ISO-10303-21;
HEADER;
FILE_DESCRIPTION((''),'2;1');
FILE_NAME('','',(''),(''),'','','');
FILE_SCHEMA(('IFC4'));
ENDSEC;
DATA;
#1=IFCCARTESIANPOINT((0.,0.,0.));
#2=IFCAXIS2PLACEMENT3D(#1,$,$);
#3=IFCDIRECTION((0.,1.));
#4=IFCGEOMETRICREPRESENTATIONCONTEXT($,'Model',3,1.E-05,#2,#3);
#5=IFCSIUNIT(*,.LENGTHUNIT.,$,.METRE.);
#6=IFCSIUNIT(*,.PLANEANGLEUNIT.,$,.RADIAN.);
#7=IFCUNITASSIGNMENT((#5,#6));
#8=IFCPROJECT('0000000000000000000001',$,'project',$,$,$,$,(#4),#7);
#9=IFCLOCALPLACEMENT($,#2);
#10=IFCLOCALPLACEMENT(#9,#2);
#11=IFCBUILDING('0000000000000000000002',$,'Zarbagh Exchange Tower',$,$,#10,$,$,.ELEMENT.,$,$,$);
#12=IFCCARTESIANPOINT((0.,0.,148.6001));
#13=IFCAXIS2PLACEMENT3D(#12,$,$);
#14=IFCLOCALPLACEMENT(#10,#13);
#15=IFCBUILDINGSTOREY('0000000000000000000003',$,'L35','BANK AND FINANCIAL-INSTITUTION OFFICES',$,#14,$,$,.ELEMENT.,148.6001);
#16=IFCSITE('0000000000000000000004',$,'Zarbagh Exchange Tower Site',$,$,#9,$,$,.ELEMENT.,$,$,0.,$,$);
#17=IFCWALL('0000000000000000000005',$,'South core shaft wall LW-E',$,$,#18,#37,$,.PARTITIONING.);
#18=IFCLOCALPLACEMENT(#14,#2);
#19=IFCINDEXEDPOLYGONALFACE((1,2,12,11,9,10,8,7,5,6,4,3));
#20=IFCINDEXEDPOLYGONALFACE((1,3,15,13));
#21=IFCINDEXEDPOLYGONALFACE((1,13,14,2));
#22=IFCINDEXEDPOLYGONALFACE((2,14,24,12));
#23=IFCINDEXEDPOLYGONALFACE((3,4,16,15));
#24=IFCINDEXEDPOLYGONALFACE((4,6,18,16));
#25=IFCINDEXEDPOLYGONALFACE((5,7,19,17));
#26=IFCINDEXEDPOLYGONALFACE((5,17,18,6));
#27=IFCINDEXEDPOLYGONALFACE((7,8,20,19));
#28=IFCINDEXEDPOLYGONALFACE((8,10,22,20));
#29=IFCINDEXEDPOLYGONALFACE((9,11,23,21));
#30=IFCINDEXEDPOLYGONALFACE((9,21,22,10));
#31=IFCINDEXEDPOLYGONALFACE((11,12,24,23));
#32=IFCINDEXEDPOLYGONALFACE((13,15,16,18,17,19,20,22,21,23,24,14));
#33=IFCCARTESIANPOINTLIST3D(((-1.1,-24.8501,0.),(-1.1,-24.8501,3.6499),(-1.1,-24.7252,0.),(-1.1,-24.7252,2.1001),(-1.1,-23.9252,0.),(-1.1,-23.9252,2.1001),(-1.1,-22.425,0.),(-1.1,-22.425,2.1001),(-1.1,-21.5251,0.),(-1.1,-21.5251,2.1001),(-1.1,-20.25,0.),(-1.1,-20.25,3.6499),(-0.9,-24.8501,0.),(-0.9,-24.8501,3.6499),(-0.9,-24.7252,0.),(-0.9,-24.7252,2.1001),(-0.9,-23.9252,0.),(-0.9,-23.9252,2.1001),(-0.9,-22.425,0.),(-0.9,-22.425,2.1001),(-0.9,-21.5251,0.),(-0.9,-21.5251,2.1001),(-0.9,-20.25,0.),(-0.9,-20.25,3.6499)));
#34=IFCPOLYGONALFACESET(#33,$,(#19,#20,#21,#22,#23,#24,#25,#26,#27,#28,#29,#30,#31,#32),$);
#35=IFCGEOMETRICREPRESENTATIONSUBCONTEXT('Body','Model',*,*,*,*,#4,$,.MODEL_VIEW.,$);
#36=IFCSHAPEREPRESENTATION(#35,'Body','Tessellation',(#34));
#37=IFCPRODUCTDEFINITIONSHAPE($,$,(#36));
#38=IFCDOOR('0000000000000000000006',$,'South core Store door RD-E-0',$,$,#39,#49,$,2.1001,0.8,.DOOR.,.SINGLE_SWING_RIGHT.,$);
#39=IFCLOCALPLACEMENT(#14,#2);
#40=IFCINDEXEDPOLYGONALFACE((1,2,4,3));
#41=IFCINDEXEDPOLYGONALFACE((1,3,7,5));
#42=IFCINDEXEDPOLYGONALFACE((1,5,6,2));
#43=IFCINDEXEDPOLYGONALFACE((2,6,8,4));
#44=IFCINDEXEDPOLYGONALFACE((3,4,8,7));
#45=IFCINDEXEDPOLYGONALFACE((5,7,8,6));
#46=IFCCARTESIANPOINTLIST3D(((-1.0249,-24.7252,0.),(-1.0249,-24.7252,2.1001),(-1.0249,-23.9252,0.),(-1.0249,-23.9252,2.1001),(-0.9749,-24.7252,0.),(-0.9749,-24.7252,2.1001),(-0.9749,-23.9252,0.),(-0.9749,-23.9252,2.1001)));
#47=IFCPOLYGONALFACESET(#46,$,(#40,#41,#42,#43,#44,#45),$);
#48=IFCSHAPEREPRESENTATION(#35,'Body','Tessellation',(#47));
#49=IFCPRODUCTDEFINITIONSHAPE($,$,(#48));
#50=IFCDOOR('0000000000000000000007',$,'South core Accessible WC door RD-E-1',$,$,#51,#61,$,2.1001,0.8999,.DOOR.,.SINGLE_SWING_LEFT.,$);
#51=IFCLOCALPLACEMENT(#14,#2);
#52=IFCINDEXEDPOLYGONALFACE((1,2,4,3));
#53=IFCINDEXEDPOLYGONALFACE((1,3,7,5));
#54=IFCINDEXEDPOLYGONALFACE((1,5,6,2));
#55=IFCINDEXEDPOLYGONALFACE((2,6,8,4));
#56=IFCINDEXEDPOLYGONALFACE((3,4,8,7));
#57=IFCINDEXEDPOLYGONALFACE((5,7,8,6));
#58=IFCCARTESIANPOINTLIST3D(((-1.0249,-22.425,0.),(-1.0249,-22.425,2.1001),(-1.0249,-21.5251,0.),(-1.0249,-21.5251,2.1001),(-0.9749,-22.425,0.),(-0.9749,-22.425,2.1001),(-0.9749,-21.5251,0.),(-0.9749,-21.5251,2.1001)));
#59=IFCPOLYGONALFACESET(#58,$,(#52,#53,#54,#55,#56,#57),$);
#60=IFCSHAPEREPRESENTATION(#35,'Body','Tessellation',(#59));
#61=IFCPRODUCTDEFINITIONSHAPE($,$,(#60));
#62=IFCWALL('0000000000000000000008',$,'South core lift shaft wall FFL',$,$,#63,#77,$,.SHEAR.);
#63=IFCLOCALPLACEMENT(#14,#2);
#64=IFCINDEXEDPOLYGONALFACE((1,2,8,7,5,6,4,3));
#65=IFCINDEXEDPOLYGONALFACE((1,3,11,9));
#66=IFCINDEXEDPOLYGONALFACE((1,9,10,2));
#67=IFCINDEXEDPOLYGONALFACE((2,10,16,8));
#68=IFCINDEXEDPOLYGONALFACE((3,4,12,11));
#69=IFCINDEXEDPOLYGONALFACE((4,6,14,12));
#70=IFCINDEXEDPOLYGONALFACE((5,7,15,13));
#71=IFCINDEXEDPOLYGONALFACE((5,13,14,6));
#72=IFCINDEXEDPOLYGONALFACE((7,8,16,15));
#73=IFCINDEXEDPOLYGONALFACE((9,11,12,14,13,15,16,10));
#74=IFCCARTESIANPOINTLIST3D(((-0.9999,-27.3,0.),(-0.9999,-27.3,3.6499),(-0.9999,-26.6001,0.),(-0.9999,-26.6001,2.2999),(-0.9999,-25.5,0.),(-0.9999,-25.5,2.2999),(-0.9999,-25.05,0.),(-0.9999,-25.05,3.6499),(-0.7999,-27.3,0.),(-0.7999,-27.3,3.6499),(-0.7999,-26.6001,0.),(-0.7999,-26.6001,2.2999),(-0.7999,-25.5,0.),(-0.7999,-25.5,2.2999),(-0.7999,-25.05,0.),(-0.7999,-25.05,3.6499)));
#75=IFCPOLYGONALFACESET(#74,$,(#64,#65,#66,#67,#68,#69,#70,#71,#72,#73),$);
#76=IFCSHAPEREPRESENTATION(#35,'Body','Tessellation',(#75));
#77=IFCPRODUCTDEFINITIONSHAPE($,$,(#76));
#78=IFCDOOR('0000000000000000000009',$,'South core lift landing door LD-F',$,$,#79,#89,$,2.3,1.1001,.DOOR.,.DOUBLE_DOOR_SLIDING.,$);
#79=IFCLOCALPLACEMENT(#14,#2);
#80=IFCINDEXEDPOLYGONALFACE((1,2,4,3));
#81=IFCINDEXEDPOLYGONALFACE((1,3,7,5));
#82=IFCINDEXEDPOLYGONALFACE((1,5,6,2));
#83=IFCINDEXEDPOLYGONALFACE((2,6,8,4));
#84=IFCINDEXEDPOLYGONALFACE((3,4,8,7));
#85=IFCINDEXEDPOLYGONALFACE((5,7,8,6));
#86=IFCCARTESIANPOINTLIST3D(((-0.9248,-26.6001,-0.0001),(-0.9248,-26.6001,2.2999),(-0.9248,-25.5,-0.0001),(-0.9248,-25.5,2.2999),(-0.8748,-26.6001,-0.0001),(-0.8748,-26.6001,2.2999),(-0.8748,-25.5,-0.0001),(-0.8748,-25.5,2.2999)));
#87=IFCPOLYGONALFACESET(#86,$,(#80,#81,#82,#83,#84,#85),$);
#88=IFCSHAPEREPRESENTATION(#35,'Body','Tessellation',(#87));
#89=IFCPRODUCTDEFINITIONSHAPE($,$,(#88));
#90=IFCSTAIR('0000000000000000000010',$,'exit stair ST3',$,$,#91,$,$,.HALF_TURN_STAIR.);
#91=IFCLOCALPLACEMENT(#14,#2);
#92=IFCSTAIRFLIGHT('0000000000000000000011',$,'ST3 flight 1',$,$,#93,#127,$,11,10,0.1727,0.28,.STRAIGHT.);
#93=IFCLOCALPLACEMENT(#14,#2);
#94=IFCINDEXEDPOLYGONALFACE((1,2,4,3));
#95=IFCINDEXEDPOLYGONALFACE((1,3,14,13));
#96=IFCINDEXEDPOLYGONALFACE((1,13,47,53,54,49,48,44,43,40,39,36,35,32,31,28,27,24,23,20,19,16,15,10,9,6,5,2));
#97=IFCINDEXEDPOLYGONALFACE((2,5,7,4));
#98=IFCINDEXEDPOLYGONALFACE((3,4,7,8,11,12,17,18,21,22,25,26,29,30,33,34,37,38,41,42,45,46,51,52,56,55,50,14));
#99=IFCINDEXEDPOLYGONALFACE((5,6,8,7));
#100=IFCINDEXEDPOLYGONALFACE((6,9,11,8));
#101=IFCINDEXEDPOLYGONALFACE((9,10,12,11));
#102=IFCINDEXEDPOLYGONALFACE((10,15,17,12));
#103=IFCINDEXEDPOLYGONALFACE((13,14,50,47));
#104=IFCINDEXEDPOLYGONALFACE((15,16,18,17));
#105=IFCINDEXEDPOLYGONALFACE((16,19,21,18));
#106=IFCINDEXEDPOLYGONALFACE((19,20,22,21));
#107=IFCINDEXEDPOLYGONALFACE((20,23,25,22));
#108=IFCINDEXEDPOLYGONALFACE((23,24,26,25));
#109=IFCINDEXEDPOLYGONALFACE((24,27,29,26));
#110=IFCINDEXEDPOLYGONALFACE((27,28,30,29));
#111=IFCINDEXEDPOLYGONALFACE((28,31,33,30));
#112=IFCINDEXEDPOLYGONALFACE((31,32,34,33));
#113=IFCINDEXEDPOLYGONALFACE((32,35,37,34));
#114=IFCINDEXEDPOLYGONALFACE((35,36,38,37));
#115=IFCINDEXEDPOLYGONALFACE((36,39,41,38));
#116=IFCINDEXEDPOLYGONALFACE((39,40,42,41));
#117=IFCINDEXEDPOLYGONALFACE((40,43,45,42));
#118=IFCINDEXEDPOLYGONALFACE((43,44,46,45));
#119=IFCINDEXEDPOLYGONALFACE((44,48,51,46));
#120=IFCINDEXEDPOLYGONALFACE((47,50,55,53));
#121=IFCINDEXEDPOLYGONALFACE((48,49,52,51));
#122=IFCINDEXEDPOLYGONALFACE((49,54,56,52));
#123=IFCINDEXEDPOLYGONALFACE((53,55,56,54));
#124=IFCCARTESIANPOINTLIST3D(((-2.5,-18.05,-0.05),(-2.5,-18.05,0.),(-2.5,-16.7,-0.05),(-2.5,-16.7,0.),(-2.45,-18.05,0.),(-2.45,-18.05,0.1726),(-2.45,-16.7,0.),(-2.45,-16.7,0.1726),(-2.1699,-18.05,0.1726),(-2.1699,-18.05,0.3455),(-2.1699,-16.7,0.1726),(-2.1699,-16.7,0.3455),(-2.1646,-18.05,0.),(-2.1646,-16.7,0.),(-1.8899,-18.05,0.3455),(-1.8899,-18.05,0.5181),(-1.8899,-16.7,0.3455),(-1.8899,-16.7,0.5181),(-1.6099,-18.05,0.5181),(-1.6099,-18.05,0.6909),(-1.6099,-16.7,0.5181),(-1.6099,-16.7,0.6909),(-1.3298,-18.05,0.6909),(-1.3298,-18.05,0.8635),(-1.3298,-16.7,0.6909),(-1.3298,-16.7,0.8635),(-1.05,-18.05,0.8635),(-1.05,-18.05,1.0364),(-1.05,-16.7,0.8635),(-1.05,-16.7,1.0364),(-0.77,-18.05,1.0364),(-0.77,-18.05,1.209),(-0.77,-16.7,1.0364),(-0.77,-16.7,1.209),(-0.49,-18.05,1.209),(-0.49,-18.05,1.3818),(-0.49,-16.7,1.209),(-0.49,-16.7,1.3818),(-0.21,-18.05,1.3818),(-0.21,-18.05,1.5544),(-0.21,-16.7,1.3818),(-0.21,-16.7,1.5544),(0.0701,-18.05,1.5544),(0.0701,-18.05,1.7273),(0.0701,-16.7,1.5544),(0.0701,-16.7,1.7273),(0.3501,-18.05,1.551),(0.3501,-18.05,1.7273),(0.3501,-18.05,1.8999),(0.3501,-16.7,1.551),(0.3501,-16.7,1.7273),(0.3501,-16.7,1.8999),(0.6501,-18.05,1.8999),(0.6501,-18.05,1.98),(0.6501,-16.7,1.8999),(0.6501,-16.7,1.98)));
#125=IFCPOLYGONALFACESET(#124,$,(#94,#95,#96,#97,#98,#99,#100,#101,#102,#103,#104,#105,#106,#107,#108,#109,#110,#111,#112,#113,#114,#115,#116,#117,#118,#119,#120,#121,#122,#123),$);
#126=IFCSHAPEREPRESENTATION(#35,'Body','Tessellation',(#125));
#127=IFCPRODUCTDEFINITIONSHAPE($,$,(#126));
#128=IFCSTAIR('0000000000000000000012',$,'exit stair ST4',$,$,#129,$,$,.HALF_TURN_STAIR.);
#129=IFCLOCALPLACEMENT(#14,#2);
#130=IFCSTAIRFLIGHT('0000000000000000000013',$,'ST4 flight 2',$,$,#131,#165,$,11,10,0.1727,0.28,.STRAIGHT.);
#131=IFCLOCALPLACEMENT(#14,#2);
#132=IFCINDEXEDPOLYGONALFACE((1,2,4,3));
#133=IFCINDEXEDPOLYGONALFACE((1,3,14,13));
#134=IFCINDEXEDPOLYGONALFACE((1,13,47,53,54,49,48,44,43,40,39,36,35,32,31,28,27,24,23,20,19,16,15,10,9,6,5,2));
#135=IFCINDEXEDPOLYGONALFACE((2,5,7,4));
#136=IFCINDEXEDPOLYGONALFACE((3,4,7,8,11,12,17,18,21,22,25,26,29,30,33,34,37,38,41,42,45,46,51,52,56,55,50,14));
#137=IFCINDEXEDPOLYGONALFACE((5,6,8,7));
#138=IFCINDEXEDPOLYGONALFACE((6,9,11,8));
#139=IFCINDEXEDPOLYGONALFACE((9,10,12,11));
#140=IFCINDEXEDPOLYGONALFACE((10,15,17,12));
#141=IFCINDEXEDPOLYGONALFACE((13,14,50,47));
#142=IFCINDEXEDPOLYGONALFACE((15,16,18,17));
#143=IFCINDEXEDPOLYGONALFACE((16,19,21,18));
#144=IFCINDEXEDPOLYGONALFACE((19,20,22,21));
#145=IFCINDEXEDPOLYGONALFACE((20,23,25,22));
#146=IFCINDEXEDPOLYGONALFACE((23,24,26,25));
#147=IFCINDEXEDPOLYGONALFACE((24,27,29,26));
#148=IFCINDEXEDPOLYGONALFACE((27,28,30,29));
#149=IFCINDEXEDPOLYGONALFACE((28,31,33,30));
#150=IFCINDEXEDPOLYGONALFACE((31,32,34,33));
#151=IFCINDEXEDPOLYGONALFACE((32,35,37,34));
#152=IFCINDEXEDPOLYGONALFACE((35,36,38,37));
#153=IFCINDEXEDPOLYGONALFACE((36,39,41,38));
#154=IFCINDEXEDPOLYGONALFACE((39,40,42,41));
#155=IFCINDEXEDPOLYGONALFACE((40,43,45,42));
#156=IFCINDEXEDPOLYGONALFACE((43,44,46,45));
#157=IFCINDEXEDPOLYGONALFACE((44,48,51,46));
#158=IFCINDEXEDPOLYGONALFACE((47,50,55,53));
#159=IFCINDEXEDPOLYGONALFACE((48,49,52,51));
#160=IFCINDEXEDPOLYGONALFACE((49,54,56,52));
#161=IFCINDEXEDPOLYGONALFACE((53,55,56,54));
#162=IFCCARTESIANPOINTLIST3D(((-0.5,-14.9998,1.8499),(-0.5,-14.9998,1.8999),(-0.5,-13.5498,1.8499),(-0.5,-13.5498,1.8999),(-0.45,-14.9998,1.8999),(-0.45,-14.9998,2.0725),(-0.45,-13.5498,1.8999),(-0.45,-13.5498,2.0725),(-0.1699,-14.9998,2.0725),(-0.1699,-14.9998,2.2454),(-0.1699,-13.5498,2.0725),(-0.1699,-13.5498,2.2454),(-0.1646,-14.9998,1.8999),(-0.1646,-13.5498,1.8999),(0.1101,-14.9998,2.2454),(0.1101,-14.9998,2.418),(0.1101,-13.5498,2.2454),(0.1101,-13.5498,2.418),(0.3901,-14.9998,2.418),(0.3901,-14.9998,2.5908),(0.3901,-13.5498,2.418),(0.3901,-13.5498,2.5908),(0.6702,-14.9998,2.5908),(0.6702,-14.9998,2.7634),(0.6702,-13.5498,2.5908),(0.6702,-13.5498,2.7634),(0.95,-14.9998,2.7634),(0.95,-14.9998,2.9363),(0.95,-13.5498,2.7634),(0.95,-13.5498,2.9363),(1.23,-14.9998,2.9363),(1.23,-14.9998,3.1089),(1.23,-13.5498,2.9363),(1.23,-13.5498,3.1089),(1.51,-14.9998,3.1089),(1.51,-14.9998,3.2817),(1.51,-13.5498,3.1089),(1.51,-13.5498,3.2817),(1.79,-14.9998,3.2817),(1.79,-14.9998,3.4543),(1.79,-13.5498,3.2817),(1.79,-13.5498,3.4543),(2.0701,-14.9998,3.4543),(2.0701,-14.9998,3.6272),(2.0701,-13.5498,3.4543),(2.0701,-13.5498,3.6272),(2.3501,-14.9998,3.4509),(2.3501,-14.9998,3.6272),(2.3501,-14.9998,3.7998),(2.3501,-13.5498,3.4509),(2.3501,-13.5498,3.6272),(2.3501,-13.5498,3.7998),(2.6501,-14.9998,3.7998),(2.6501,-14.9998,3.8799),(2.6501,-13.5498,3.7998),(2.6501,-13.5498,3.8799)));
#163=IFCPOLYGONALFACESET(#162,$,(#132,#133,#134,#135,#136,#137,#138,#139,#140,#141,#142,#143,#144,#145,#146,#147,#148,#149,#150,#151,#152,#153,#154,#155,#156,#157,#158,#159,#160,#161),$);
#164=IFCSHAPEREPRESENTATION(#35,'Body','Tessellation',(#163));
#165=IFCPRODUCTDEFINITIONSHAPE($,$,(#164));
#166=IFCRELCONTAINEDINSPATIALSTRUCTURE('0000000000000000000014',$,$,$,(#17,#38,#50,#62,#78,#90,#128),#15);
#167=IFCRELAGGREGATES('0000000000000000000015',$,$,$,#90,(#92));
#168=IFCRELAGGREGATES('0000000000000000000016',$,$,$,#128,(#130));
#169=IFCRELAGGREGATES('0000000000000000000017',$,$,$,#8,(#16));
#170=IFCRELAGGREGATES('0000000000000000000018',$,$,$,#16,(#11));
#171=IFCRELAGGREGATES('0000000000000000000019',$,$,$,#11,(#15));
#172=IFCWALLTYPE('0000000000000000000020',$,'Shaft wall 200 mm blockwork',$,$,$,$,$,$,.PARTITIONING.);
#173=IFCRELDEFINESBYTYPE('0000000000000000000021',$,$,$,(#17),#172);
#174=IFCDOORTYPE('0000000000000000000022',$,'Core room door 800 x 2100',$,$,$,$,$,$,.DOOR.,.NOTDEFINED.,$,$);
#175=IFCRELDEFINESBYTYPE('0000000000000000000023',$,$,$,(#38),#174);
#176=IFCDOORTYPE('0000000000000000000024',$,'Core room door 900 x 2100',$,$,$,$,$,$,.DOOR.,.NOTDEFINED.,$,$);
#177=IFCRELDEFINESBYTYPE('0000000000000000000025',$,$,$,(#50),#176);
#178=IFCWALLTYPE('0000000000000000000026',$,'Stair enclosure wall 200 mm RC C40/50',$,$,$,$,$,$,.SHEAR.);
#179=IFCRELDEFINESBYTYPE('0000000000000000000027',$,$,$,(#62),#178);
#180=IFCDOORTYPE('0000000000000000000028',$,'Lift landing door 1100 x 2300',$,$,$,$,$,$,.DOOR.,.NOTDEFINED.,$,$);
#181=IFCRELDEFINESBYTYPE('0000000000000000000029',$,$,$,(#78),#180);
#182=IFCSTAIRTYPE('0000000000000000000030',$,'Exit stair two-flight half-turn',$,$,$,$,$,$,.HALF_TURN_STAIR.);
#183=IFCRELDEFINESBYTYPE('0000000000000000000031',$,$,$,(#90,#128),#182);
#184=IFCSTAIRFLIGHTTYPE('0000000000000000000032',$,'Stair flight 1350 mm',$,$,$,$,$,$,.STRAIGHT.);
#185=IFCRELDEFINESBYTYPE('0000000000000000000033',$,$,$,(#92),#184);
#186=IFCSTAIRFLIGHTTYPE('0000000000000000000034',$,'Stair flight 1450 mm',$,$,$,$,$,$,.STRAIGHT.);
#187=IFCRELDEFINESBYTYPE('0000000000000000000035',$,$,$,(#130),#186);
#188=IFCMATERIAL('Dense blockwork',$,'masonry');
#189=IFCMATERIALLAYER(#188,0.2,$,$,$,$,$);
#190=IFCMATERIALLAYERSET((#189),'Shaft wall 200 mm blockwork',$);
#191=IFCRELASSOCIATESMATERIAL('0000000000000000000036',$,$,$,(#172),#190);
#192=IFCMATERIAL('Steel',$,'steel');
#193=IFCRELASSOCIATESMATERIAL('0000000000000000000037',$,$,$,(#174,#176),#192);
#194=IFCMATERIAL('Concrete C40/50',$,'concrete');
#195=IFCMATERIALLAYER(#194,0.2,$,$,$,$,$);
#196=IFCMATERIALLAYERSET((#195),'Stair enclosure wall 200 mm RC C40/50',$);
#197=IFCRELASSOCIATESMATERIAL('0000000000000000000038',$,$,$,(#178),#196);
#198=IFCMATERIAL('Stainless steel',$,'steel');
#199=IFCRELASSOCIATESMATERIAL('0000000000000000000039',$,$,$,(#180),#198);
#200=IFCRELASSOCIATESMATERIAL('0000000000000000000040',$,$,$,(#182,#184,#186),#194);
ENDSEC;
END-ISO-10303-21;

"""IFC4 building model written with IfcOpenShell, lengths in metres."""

from ifc_helpers import new_model, si_unit, direction, frame, frame_2d, origin, place, context, subcontext, project, spatial, polyline, rectangle, outline, extrude, material, layer, layer_set, type_object, element, fill, aggregate, save


model = new_model("IFC4")

# Units and contexts
model_context = context("Model", 3, precision=1e-05, world=origin(), true_north=direction((0.0, 1.0)))
body_context = subcontext(model_context, "Body", "Model", "MODEL_VIEW")
ifc_project = project(units=[si_unit("LENGTHUNIT", "METRE"), si_unit("PLANEANGLEUNIT", "RADIAN")], contexts=[model_context])

# Site, building, storey
site_placement = place(None, origin())
site = spatial("IfcSite", under=ifc_project, at=site_placement, Name="Zarbagh Exchange Tower Site", CompositionType="ELEMENT", RefElevation=0.0)
building_placement = place(site_placement, origin())
building = spatial("IfcBuilding", under=site, at=building_placement, Name="Zarbagh Exchange Tower", CompositionType="ELEMENT")
storey_placement = place(building_placement, frame((0.0, 0.0, 148.6001)))
storey = spatial("IfcBuildingStorey", under=building, at=storey_placement, Name="L35", Description="BANK AND FINANCIAL-INSTITUTION OFFICES", CompositionType="ELEMENT", Elevation=148.6001)

# Shared definitions
ifc_material_1 = material(Name="Concrete C40/50", Category="concrete")

# Shared definitions
ifc_material_2 = material(Name="Dense blockwork", Category="masonry")

# Shared definitions
ifc_layer_1 = layer(ifc_material_2, 0.2)
ifc_layer_set_1 = layer_set([ifc_layer_1], Name="Shaft wall 200 mm blockwork")
wall_type_1 = type_object("IfcWallType", Name="Shaft wall 200 mm blockwork", PredefinedType="PARTITIONING", material=ifc_layer_set_1)

# Wall, openings, doors
wall_1_placement = place(storey_placement, frame((-1.0, -24.8501, 0.0), z_axis=(0.0, 0.0, 1.0), x_axis=(0.0, 1.0, 0.0)))
wall_1 = element("IfcWall", 1, at=wall_1_placement, inside=storey, type_object=wall_type_1, Name="South core shaft wall LW-E", PredefinedType="PARTITIONING", context=body_context, shape_type="SweptSolid", body=[
    extrude(rectangle(XDim=4.6001, YDim=0.2, at=frame_2d((2.3, 0.0))), origin(), (0.0, 0.0, 1.0), 3.6499),
])
opening_1_placement = place(wall_1_placement, frame((0.125, 0.0, 0.0)))
opening_1 = element("IfcOpeningElement", 2, at=opening_1_placement, cuts=wall_1, PredefinedType="OPENING", context=body_context, shape_type="SweptSolid", body=[
    extrude(rectangle(XDim=0.8, YDim=2.1001, at=frame_2d((0.3999, 1.05))), frame((0.0, 0.1099, 0.0), z_axis=(0.0, -1.0, 0.0), x_axis=(1.0, 0.0, 0.0)), (0.0, 0.0, 1.0), 0.22),
])
opening_2_placement = place(wall_1_placement, frame((2.425, 0.0, 0.0)))
opening_2 = element("IfcOpeningElement", 3, at=opening_2_placement, cuts=wall_1, PredefinedType="OPENING", context=body_context, shape_type="SweptSolid", body=[
    extrude(rectangle(XDim=0.8999, YDim=2.1001, at=frame_2d((0.45, 1.05))), frame((0.0, 0.1099, 0.0), z_axis=(0.0, -1.0, 0.0), x_axis=(1.0, 0.0, 0.0)), (0.0, 0.0, 1.0), 0.22),
])
ifc_material_3 = material(Name="Steel", Category="steel")
door_type_1 = type_object("IfcDoorType", Name="Core room door 800 x 2100", OperationType="NOTDEFINED", PredefinedType="DOOR", material=ifc_material_3)
door_1_placement = place(opening_1_placement, origin())
door_1 = element("IfcDoor", 4, at=door_1_placement, inside=storey, type_object=door_type_1, Name="South core Store door RD-E-0", OperationType="SINGLE_SWING_RIGHT", OverallHeight=2.1001, OverallWidth=0.8, PredefinedType="DOOR", context=body_context, shape_type="SweptSolid", body=[
    extrude(rectangle(XDim=0.8, YDim=2.1001, at=frame_2d((0.3999, 1.05))), frame((0.0, 0.0249, 0.0), z_axis=(0.0, -1.0, 0.0), x_axis=(1.0, 0.0, 0.0)), (0.0, 0.0, 1.0), 0.05),
])
fill(opening_1, door_1)
door_type_2 = type_object("IfcDoorType", Name="Core room door 900 x 2100", OperationType="NOTDEFINED", PredefinedType="DOOR", material=ifc_material_3)
door_2_placement = place(opening_2_placement, origin())
door_2 = element("IfcDoor", 5, at=door_2_placement, inside=storey, type_object=door_type_2, Name="South core Accessible WC door RD-E-1", OperationType="SINGLE_SWING_LEFT", OverallHeight=2.1001, OverallWidth=0.8999, PredefinedType="DOOR", context=body_context, shape_type="SweptSolid", body=[
    extrude(rectangle(XDim=0.8999, YDim=2.1001, at=frame_2d((0.45, 1.05))), frame((0.0, 0.0249, 0.0), z_axis=(0.0, -1.0, 0.0), x_axis=(1.0, 0.0, 0.0)), (0.0, 0.0, 1.0), 0.05),
])
fill(opening_2, door_2)

# Wall, opening, door
ifc_layer_2 = layer(ifc_material_1, 0.2)
ifc_layer_set_2 = layer_set([ifc_layer_2], Name="Stair enclosure wall 200 mm RC C40/50")
wall_type_2 = type_object("IfcWallType", Name="Stair enclosure wall 200 mm RC C40/50", PredefinedType="SHEAR", material=ifc_layer_set_2)
wall_2_placement = place(storey_placement, frame((-0.8999, -27.3, 0.0), z_axis=(0.0, 0.0, 1.0), x_axis=(0.0, 1.0, 0.0)))
wall_2 = element("IfcWall", 6, at=wall_2_placement, inside=storey, type_object=wall_type_2, Name="South core lift shaft wall FFL", PredefinedType="SHEAR", context=body_context, shape_type="SweptSolid", body=[
    extrude(rectangle(XDim=2.25, YDim=0.2, at=frame_2d((1.125, 0.0))), origin(), (0.0, 0.0, 1.0), 3.6499),
])
opening_3_placement = place(wall_2_placement, frame((0.7, 0.0, 0.0)))
opening_3 = element("IfcOpeningElement", 7, at=opening_3_placement, cuts=wall_2, PredefinedType="OPENING", context=body_context, shape_type="SweptSolid", body=[
    extrude(rectangle(XDim=1.1001, YDim=2.3, at=frame_2d((0.55, 1.1499))), frame((0.0, 0.1099, 0.0), z_axis=(0.0, -1.0, 0.0), x_axis=(1.0, 0.0, 0.0)), (0.0, 0.0, 1.0), 0.22),
])
ifc_material_4 = material(Name="Stainless steel", Category="steel")
door_type_3 = type_object("IfcDoorType", Name="Lift landing door 1100 x 2300", OperationType="NOTDEFINED", PredefinedType="DOOR", material=ifc_material_4)
door_3_placement = place(opening_3_placement, origin())
door_3 = element("IfcDoor", 8, at=door_3_placement, inside=storey, type_object=door_type_3, Name="South core lift landing door LD-F", OperationType="DOUBLE_DOOR_SLIDING", OverallHeight=2.3, OverallWidth=1.1001, PredefinedType="DOOR", context=body_context, shape_type="SweptSolid", body=[
    extrude(rectangle(XDim=1.1001, YDim=2.3, at=frame_2d((0.55, 1.1499))), frame((0.0, 0.0249, 0.0), z_axis=(0.0, -1.0, 0.0), x_axis=(1.0, 0.0, 0.0)), (0.0, 0.0, 1.0), 0.05),
])
fill(opening_3, door_3)

# Stairs, stair flights
stair_type = type_object("IfcStairType", Name="Exit stair two-flight half-turn", PredefinedType="HALF_TURN_STAIR", material=ifc_material_1)
stair_1_placement = place(storey_placement, origin())
stair_1 = element("IfcStair", 9, at=stair_1_placement, inside=storey, type_object=stair_type, Name="exit stair ST3", PredefinedType="HALF_TURN_STAIR")
stair_flight_type_1 = type_object("IfcStairFlightType", Name="Stair flight 1350 mm", PredefinedType="STRAIGHT", material=ifc_material_1)
stair_flight_1_placement = place(storey_placement, frame((-2.45, -17.375, 0.0), z_axis=(0.0, 0.0, 1.0), x_axis=(1.0, 0.0, 0.0)))
stair_flight_1 = element("IfcStairFlight", 10, at=stair_flight_1_placement, type_object=stair_flight_type_1, Name="ST3 flight 1", NumberOfRisers=11, NumberOfTreads=10, PredefinedType="STRAIGHT", RiserHeight=0.1727, TreadLength=0.28, context=body_context, shape_type="SweptSolid", body=[
    extrude(outline(polyline([(-0.05, -0.05), (-0.05, 0.0), (0.0, 0.0), (0.0, 0.1726), (0.28, 0.1726), (0.28, 0.3455), (0.5601, 0.3455), (0.5601, 0.5181), (0.8401, 0.5181), (0.8401, 0.6909), (1.1201, 0.6909), (1.1201, 0.8635), (1.3999, 0.8635), (1.3999, 1.0364), (1.6799, 1.0364), (1.6799, 1.209), (1.96, 1.209), (1.96, 1.3818), (2.24, 1.3818), (2.24, 1.5544), (2.52, 1.5544), (2.52, 1.7273), (2.8, 1.7273), (2.8, 1.8999), (3.1001, 1.98), (3.1001, 1.8999), (2.8, 1.551), (0.2854, 0.0), (-0.05, -0.05)])), frame((0.0, 0.675, 0.0), z_axis=(0.0, -1.0, 0.0), x_axis=(1.0, 0.0, 0.0)), (0.0, 0.0, 1.0), 1.3501),
])
aggregate(stair_1, [stair_flight_1])
stair_2_placement = place(storey_placement, origin())
stair_2 = element("IfcStair", 11, at=stair_2_placement, inside=storey, type_object=stair_type, Name="exit stair ST4", PredefinedType="HALF_TURN_STAIR")
stair_flight_type_2 = type_object("IfcStairFlightType", Name="Stair flight 1450 mm", PredefinedType="STRAIGHT", material=ifc_material_1)
stair_flight_2_placement = place(storey_placement, frame((-0.45, -14.2749, 1.8999), z_axis=(0.0, 0.0, 1.0), x_axis=(1.0, 0.0, 0.0)))
stair_flight_2 = element("IfcStairFlight", 12, at=stair_flight_2_placement, type_object=stair_flight_type_2, Name="ST4 flight 2", NumberOfRisers=11, NumberOfTreads=10, PredefinedType="STRAIGHT", RiserHeight=0.1727, TreadLength=0.28, context=body_context, shape_type="SweptSolid", body=[
    extrude(outline(polyline([(-0.05, -0.05), (-0.05, 0.0), (0.0, 0.0), (0.0, 0.1726), (0.28, 0.1726), (0.28, 0.3455), (0.5601, 0.3455), (0.5601, 0.5181), (0.8401, 0.5181), (0.8401, 0.6909), (1.1201, 0.6909), (1.1201, 0.8635), (1.3999, 0.8635), (1.3999, 1.0364), (1.6799, 1.0364), (1.6799, 1.209), (1.96, 1.209), (1.96, 1.3818), (2.24, 1.3818), (2.24, 1.5544), (2.52, 1.5544), (2.52, 1.7273), (2.8, 1.7273), (2.8, 1.8999), (3.1001, 1.98), (3.1001, 1.8999), (2.8, 1.551), (0.2854, 0.0), (-0.05, -0.05)])), frame((0.0, 0.7251, 0.0), z_axis=(0.0, -1.0, 0.0), x_axis=(1.0, 0.0, 0.0)), (0.0, 0.0, 1.0), 1.45),
])
aggregate(stair_2, [stair_flight_2])

save(model, "model.ifc")
